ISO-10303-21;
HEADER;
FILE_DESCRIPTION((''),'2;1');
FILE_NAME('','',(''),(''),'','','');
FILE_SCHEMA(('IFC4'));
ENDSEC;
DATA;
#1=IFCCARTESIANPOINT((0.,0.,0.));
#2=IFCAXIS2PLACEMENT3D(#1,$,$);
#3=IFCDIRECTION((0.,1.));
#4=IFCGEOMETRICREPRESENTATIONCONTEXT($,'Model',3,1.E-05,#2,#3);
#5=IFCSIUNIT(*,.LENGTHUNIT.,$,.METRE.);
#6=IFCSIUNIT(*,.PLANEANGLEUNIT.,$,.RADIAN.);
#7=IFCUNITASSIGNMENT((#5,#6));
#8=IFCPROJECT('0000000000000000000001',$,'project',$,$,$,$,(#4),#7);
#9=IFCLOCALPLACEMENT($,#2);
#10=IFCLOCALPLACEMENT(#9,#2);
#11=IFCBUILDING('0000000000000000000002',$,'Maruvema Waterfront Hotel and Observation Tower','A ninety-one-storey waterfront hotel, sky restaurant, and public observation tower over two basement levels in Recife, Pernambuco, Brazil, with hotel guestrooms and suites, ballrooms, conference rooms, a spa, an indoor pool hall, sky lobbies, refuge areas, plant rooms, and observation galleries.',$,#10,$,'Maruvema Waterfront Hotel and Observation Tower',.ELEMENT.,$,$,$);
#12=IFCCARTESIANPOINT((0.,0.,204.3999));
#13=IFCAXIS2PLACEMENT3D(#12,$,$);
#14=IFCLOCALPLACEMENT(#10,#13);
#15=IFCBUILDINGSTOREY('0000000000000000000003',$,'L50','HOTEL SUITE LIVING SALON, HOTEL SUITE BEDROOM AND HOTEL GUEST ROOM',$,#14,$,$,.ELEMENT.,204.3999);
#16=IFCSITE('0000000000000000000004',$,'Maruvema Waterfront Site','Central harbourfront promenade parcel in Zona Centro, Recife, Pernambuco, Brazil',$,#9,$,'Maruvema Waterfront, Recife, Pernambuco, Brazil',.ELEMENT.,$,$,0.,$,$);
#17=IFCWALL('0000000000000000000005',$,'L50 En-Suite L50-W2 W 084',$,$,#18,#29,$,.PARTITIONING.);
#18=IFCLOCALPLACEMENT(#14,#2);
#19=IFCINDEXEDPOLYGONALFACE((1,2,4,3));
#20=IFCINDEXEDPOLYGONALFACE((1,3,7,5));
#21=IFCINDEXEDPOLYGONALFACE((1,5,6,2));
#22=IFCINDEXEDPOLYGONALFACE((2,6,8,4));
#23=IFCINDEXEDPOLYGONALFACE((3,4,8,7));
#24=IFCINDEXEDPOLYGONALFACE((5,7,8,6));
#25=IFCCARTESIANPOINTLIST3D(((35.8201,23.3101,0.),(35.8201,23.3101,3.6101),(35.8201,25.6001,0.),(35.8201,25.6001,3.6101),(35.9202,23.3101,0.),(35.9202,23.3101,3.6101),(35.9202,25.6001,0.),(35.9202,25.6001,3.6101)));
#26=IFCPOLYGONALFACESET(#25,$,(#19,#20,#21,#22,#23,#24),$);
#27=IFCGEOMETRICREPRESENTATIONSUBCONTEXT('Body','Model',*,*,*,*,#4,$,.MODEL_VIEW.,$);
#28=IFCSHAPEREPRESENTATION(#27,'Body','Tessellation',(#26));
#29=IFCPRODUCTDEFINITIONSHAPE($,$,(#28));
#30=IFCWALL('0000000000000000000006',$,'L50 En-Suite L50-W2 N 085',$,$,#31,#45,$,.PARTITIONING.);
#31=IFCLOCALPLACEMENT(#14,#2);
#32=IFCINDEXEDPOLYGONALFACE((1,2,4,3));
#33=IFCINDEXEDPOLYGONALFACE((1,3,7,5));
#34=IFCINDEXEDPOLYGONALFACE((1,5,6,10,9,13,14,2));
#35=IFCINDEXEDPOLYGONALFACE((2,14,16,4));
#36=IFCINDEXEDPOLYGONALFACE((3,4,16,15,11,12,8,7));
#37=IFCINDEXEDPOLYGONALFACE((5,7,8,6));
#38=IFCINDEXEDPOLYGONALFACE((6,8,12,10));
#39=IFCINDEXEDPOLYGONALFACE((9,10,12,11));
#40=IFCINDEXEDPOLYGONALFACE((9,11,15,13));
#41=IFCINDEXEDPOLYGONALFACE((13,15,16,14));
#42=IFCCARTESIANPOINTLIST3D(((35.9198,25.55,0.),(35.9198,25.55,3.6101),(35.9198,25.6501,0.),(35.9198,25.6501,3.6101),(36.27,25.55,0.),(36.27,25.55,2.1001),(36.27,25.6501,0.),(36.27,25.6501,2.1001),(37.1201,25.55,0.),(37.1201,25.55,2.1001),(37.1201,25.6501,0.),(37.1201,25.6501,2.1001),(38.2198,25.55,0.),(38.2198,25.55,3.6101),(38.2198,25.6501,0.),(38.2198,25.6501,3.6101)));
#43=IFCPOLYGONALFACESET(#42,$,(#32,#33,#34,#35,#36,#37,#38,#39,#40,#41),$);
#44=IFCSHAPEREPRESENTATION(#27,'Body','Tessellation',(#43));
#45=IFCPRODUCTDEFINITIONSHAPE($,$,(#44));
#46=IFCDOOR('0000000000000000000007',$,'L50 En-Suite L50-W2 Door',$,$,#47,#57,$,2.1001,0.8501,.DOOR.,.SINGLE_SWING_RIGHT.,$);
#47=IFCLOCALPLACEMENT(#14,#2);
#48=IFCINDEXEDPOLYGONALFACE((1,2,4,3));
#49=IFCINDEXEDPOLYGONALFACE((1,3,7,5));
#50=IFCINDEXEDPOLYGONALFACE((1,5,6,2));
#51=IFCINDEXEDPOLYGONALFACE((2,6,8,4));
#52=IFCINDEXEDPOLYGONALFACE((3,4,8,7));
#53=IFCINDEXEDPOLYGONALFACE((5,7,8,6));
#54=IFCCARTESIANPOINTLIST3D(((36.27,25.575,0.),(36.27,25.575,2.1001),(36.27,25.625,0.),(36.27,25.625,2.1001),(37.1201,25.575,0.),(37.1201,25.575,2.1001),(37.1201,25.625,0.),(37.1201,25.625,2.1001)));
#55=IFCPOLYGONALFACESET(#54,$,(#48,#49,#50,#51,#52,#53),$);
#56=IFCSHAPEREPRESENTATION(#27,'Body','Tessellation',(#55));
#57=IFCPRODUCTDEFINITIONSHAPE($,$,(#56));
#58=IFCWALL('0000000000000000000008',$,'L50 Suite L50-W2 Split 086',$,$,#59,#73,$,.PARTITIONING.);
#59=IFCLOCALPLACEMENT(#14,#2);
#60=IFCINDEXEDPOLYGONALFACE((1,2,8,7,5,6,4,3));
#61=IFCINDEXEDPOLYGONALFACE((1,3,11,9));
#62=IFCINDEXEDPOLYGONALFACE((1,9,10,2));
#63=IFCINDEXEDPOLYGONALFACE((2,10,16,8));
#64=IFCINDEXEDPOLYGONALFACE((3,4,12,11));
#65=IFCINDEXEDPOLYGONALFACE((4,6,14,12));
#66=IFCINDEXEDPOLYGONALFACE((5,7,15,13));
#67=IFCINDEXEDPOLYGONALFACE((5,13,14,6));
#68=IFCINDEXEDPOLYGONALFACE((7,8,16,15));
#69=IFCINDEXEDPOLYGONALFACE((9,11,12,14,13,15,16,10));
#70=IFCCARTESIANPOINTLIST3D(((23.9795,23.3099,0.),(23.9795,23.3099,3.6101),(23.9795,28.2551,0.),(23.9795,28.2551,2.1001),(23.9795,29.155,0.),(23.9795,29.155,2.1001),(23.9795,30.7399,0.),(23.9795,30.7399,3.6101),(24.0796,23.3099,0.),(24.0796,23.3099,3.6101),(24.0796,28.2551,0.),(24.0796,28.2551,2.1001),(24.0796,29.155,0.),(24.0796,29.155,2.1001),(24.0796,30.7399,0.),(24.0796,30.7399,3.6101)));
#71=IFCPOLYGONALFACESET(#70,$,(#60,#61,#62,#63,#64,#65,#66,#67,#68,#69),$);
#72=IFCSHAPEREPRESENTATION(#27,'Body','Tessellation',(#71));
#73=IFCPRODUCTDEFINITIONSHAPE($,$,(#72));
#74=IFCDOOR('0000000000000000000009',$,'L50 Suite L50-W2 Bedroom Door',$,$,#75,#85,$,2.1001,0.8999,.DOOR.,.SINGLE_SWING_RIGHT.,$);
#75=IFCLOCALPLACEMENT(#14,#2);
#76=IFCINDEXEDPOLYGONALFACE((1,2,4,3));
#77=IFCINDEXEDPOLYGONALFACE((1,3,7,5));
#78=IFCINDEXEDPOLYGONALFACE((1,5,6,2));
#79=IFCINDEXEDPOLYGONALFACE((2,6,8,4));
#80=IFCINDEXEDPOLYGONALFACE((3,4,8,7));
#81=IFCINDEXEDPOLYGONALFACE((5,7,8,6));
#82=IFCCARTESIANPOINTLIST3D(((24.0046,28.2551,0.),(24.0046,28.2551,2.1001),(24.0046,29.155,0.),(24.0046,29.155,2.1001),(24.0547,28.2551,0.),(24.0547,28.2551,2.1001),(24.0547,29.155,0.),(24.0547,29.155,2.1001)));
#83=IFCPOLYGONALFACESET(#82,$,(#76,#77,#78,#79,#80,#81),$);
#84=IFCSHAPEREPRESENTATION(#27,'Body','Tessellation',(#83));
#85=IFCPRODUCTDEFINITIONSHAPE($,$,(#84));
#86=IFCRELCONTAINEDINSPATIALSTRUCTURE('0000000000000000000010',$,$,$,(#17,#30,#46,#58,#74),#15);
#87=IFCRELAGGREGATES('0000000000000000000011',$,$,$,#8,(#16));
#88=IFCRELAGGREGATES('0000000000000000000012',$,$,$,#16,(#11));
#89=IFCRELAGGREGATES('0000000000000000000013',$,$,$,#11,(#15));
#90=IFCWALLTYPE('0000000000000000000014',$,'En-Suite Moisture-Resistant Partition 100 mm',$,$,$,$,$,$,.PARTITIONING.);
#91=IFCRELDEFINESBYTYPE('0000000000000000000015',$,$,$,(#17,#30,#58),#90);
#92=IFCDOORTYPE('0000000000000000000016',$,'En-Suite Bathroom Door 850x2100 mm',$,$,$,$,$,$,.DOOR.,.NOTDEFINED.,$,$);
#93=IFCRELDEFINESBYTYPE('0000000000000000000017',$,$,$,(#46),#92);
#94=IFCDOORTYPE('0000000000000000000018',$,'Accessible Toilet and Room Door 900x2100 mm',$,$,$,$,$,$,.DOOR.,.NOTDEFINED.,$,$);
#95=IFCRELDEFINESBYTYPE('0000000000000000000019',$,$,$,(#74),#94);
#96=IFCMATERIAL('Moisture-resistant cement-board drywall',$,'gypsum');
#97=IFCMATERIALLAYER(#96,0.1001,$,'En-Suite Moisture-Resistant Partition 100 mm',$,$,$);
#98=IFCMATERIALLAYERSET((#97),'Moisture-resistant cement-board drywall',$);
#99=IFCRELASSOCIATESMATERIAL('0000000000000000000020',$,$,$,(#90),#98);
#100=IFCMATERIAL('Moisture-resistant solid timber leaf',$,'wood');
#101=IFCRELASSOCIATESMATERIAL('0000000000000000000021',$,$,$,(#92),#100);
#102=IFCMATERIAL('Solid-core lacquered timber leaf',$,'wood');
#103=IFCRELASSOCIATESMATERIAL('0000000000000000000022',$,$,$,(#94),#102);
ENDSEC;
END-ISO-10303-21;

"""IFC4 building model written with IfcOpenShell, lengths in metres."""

from ifc_helpers import new_model, si_unit, direction, frame, frame_2d, origin, place, context, subcontext, project, spatial, rectangle, extrude, material, layer, layer_set, type_object, element, fill, save


model = new_model("IFC4")

# Units and contexts
model_context = context("Model", 3, precision=1e-05, world=origin(), true_north=direction((0.0, 1.0)))
body_context = subcontext(model_context, "Body", "Model", "MODEL_VIEW")
ifc_project = project(units=[si_unit("LENGTHUNIT", "METRE"), si_unit("PLANEANGLEUNIT", "RADIAN")], contexts=[model_context])

# Site, building, storey
site_placement = place(None, origin())
site = spatial("IfcSite", under=ifc_project, at=site_placement, Name="Maruvema Waterfront Site", Description="Central harbourfront promenade parcel in Zona Centro, Recife, Pernambuco, Brazil", LongName="Maruvema Waterfront, Recife, Pernambuco, Brazil", CompositionType="ELEMENT", RefElevation=0.0)
building_placement = place(site_placement, origin())
building = spatial("IfcBuilding", under=site, at=building_placement, Name="Maruvema Waterfront Hotel and Observation Tower", Description="A ninety-one-storey waterfront hotel, sky restaurant, and public observation tower over two basement levels in Recife, Pernambuco, Brazil, with hotel guestrooms and suites, ballrooms, conference rooms, a spa, an indoor pool hall, sky lobbies, refuge areas, plant rooms, and observation galleries.", LongName="Maruvema Waterfront Hotel and Observation Tower", CompositionType="ELEMENT")
storey_placement = place(building_placement, frame((0.0, 0.0, 204.3999)))
storey = spatial("IfcBuildingStorey", under=building, at=storey_placement, Name="L50", Description="HOTEL SUITE LIVING SALON, HOTEL SUITE BEDROOM AND HOTEL GUEST ROOM", CompositionType="ELEMENT", Elevation=204.3999)

# Shared definitions
ifc_material_1 = material(Name="Moisture-resistant cement-board drywall", Category="gypsum")
ifc_layer_1 = layer(ifc_material_1, 0.1001, Name="En-Suite Moisture-Resistant Partition 100 mm")
ifc_layer_set_1 = layer_set([ifc_layer_1], Name="Moisture-resistant cement-board drywall")
wall_type = type_object("IfcWallType", Name="En-Suite Moisture-Resistant Partition 100 mm", PredefinedType="PARTITIONING", material=ifc_layer_set_1)

# Shared definitions
ifc_material_2 = material(Name="Moisture-resistant solid timber leaf", Category="wood")
door_type_1 = type_object("IfcDoorType", Name="En-Suite Bathroom Door 850x2100 mm", OperationType="NOTDEFINED", PredefinedType="DOOR", material=ifc_material_2)

# Wall
wall_1_placement = place(storey_placement, frame((35.8701, 23.3101, 0.0), z_axis=(0.0, 0.0, 1.0), x_axis=(0.0, 1.0, 0.0)))
element("IfcWall", 1, at=wall_1_placement, inside=storey, type_object=wall_type, Name="L50 En-Suite L50-W2 W 084", PredefinedType="PARTITIONING", context=body_context, shape_type="SweptSolid", body=[
    extrude(rectangle(XDim=2.29, YDim=0.1001, at=frame_2d((1.145, 0.0))), origin(), (0.0, 0.0, 1.0), 3.6101),
])

# Walls, openings, doors
wall_2_placement = place(storey_placement, frame((35.9199, 25.6001, 0.0), z_axis=(0.0, 0.0, 1.0), x_axis=(1.0, 0.0, 0.0)))
wall_2 = element("IfcWall", 2, at=wall_2_placement, inside=storey, type_object=wall_type, Name="L50 En-Suite L50-W2 N 085", PredefinedType="PARTITIONING", context=body_context, shape_type="SweptSolid", body=[
    extrude(rectangle(XDim=2.3, YDim=0.1001, at=frame_2d((1.1499, 0.0))), origin(), (0.0, 0.0, 1.0), 3.6101),
])
opening_1_placement = place(wall_2_placement, frame((0.3501, 0.0, 0.0)))
opening_1 = element("IfcOpeningElement", 3, at=opening_1_placement, cuts=wall_2, PredefinedType="OPENING", context=body_context, shape_type="SweptSolid", body=[
    extrude(rectangle(XDim=0.8501, YDim=2.1001, at=frame_2d((0.425, 1.05))), frame((0.0, 0.0601, 0.0), z_axis=(0.0, -1.0, 0.0), x_axis=(1.0, 0.0, 0.0)), (0.0, 0.0, 1.0), 0.1201),
])
door_1_placement = place(opening_1_placement, origin())
door_1 = element("IfcDoor", 4, at=door_1_placement, inside=storey, type_object=door_type_1, Name="L50 En-Suite L50-W2 Door", OperationType="SINGLE_SWING_RIGHT", OverallHeight=2.1001, OverallWidth=0.8501, PredefinedType="DOOR", context=body_context, shape_type="SweptSolid", body=[
    extrude(rectangle(XDim=0.8501, YDim=2.1001, at=frame_2d((0.425, 1.05))), frame((0.0, 0.0249, 0.0), z_axis=(0.0, -1.0, 0.0), x_axis=(1.0, 0.0, 0.0)), (0.0, 0.0, 1.0), 0.05),
])
fill(opening_1, door_1)
wall_3_placement = place(storey_placement, frame((24.0295, 23.3101, 0.0), z_axis=(0.0, 0.0, 1.0), x_axis=(0.0, 1.0, 0.0)))
wall_3 = element("IfcWall", 5, at=wall_3_placement, inside=storey, type_object=wall_type, Name="L50 Suite L50-W2 Split 086", PredefinedType="PARTITIONING", context=body_context, shape_type="SweptSolid", body=[
    extrude(rectangle(XDim=7.4299, YDim=0.1001, at=frame_2d((3.7148, 0.0))), origin(), (0.0, 0.0, 1.0), 3.6101),
])
opening_2_placement = place(wall_3_placement, frame((4.9451, 0.0, 0.0)))
opening_2 = element("IfcOpeningElement", 6, at=opening_2_placement, cuts=wall_3, PredefinedType="OPENING", context=body_context, shape_type="SweptSolid", body=[
    extrude(rectangle(XDim=0.8999, YDim=2.1001, at=frame_2d((0.45, 1.05))), frame((0.0, 0.0601, 0.0), z_axis=(0.0, -1.0, 0.0), x_axis=(1.0, 0.0, 0.0)), (0.0, 0.0, 1.0), 0.1201),
])
ifc_material_3 = material(Name="Solid-core lacquered timber leaf", Category="wood")
door_type_2 = type_object("IfcDoorType", Name="Accessible Toilet and Room Door 900x2100 mm", OperationType="NOTDEFINED", PredefinedType="DOOR", material=ifc_material_3)
door_2_placement = place(opening_2_placement, origin())
door_2 = element("IfcDoor", 7, at=door_2_placement, inside=storey, type_object=door_type_2, Name="L50 Suite L50-W2 Bedroom Door", OperationType="SINGLE_SWING_RIGHT", OverallHeight=2.1001, OverallWidth=0.8999, PredefinedType="DOOR", context=body_context, shape_type="SweptSolid", body=[
    extrude(rectangle(XDim=0.8999, YDim=2.1001, at=frame_2d((0.45, 1.05))), frame((0.0, 0.0249, 0.0), z_axis=(0.0, -1.0, 0.0), x_axis=(1.0, 0.0, 0.0)), (0.0, 0.0, 1.0), 0.05),
])
fill(opening_2, door_2)

save(model, "model.ifc")
